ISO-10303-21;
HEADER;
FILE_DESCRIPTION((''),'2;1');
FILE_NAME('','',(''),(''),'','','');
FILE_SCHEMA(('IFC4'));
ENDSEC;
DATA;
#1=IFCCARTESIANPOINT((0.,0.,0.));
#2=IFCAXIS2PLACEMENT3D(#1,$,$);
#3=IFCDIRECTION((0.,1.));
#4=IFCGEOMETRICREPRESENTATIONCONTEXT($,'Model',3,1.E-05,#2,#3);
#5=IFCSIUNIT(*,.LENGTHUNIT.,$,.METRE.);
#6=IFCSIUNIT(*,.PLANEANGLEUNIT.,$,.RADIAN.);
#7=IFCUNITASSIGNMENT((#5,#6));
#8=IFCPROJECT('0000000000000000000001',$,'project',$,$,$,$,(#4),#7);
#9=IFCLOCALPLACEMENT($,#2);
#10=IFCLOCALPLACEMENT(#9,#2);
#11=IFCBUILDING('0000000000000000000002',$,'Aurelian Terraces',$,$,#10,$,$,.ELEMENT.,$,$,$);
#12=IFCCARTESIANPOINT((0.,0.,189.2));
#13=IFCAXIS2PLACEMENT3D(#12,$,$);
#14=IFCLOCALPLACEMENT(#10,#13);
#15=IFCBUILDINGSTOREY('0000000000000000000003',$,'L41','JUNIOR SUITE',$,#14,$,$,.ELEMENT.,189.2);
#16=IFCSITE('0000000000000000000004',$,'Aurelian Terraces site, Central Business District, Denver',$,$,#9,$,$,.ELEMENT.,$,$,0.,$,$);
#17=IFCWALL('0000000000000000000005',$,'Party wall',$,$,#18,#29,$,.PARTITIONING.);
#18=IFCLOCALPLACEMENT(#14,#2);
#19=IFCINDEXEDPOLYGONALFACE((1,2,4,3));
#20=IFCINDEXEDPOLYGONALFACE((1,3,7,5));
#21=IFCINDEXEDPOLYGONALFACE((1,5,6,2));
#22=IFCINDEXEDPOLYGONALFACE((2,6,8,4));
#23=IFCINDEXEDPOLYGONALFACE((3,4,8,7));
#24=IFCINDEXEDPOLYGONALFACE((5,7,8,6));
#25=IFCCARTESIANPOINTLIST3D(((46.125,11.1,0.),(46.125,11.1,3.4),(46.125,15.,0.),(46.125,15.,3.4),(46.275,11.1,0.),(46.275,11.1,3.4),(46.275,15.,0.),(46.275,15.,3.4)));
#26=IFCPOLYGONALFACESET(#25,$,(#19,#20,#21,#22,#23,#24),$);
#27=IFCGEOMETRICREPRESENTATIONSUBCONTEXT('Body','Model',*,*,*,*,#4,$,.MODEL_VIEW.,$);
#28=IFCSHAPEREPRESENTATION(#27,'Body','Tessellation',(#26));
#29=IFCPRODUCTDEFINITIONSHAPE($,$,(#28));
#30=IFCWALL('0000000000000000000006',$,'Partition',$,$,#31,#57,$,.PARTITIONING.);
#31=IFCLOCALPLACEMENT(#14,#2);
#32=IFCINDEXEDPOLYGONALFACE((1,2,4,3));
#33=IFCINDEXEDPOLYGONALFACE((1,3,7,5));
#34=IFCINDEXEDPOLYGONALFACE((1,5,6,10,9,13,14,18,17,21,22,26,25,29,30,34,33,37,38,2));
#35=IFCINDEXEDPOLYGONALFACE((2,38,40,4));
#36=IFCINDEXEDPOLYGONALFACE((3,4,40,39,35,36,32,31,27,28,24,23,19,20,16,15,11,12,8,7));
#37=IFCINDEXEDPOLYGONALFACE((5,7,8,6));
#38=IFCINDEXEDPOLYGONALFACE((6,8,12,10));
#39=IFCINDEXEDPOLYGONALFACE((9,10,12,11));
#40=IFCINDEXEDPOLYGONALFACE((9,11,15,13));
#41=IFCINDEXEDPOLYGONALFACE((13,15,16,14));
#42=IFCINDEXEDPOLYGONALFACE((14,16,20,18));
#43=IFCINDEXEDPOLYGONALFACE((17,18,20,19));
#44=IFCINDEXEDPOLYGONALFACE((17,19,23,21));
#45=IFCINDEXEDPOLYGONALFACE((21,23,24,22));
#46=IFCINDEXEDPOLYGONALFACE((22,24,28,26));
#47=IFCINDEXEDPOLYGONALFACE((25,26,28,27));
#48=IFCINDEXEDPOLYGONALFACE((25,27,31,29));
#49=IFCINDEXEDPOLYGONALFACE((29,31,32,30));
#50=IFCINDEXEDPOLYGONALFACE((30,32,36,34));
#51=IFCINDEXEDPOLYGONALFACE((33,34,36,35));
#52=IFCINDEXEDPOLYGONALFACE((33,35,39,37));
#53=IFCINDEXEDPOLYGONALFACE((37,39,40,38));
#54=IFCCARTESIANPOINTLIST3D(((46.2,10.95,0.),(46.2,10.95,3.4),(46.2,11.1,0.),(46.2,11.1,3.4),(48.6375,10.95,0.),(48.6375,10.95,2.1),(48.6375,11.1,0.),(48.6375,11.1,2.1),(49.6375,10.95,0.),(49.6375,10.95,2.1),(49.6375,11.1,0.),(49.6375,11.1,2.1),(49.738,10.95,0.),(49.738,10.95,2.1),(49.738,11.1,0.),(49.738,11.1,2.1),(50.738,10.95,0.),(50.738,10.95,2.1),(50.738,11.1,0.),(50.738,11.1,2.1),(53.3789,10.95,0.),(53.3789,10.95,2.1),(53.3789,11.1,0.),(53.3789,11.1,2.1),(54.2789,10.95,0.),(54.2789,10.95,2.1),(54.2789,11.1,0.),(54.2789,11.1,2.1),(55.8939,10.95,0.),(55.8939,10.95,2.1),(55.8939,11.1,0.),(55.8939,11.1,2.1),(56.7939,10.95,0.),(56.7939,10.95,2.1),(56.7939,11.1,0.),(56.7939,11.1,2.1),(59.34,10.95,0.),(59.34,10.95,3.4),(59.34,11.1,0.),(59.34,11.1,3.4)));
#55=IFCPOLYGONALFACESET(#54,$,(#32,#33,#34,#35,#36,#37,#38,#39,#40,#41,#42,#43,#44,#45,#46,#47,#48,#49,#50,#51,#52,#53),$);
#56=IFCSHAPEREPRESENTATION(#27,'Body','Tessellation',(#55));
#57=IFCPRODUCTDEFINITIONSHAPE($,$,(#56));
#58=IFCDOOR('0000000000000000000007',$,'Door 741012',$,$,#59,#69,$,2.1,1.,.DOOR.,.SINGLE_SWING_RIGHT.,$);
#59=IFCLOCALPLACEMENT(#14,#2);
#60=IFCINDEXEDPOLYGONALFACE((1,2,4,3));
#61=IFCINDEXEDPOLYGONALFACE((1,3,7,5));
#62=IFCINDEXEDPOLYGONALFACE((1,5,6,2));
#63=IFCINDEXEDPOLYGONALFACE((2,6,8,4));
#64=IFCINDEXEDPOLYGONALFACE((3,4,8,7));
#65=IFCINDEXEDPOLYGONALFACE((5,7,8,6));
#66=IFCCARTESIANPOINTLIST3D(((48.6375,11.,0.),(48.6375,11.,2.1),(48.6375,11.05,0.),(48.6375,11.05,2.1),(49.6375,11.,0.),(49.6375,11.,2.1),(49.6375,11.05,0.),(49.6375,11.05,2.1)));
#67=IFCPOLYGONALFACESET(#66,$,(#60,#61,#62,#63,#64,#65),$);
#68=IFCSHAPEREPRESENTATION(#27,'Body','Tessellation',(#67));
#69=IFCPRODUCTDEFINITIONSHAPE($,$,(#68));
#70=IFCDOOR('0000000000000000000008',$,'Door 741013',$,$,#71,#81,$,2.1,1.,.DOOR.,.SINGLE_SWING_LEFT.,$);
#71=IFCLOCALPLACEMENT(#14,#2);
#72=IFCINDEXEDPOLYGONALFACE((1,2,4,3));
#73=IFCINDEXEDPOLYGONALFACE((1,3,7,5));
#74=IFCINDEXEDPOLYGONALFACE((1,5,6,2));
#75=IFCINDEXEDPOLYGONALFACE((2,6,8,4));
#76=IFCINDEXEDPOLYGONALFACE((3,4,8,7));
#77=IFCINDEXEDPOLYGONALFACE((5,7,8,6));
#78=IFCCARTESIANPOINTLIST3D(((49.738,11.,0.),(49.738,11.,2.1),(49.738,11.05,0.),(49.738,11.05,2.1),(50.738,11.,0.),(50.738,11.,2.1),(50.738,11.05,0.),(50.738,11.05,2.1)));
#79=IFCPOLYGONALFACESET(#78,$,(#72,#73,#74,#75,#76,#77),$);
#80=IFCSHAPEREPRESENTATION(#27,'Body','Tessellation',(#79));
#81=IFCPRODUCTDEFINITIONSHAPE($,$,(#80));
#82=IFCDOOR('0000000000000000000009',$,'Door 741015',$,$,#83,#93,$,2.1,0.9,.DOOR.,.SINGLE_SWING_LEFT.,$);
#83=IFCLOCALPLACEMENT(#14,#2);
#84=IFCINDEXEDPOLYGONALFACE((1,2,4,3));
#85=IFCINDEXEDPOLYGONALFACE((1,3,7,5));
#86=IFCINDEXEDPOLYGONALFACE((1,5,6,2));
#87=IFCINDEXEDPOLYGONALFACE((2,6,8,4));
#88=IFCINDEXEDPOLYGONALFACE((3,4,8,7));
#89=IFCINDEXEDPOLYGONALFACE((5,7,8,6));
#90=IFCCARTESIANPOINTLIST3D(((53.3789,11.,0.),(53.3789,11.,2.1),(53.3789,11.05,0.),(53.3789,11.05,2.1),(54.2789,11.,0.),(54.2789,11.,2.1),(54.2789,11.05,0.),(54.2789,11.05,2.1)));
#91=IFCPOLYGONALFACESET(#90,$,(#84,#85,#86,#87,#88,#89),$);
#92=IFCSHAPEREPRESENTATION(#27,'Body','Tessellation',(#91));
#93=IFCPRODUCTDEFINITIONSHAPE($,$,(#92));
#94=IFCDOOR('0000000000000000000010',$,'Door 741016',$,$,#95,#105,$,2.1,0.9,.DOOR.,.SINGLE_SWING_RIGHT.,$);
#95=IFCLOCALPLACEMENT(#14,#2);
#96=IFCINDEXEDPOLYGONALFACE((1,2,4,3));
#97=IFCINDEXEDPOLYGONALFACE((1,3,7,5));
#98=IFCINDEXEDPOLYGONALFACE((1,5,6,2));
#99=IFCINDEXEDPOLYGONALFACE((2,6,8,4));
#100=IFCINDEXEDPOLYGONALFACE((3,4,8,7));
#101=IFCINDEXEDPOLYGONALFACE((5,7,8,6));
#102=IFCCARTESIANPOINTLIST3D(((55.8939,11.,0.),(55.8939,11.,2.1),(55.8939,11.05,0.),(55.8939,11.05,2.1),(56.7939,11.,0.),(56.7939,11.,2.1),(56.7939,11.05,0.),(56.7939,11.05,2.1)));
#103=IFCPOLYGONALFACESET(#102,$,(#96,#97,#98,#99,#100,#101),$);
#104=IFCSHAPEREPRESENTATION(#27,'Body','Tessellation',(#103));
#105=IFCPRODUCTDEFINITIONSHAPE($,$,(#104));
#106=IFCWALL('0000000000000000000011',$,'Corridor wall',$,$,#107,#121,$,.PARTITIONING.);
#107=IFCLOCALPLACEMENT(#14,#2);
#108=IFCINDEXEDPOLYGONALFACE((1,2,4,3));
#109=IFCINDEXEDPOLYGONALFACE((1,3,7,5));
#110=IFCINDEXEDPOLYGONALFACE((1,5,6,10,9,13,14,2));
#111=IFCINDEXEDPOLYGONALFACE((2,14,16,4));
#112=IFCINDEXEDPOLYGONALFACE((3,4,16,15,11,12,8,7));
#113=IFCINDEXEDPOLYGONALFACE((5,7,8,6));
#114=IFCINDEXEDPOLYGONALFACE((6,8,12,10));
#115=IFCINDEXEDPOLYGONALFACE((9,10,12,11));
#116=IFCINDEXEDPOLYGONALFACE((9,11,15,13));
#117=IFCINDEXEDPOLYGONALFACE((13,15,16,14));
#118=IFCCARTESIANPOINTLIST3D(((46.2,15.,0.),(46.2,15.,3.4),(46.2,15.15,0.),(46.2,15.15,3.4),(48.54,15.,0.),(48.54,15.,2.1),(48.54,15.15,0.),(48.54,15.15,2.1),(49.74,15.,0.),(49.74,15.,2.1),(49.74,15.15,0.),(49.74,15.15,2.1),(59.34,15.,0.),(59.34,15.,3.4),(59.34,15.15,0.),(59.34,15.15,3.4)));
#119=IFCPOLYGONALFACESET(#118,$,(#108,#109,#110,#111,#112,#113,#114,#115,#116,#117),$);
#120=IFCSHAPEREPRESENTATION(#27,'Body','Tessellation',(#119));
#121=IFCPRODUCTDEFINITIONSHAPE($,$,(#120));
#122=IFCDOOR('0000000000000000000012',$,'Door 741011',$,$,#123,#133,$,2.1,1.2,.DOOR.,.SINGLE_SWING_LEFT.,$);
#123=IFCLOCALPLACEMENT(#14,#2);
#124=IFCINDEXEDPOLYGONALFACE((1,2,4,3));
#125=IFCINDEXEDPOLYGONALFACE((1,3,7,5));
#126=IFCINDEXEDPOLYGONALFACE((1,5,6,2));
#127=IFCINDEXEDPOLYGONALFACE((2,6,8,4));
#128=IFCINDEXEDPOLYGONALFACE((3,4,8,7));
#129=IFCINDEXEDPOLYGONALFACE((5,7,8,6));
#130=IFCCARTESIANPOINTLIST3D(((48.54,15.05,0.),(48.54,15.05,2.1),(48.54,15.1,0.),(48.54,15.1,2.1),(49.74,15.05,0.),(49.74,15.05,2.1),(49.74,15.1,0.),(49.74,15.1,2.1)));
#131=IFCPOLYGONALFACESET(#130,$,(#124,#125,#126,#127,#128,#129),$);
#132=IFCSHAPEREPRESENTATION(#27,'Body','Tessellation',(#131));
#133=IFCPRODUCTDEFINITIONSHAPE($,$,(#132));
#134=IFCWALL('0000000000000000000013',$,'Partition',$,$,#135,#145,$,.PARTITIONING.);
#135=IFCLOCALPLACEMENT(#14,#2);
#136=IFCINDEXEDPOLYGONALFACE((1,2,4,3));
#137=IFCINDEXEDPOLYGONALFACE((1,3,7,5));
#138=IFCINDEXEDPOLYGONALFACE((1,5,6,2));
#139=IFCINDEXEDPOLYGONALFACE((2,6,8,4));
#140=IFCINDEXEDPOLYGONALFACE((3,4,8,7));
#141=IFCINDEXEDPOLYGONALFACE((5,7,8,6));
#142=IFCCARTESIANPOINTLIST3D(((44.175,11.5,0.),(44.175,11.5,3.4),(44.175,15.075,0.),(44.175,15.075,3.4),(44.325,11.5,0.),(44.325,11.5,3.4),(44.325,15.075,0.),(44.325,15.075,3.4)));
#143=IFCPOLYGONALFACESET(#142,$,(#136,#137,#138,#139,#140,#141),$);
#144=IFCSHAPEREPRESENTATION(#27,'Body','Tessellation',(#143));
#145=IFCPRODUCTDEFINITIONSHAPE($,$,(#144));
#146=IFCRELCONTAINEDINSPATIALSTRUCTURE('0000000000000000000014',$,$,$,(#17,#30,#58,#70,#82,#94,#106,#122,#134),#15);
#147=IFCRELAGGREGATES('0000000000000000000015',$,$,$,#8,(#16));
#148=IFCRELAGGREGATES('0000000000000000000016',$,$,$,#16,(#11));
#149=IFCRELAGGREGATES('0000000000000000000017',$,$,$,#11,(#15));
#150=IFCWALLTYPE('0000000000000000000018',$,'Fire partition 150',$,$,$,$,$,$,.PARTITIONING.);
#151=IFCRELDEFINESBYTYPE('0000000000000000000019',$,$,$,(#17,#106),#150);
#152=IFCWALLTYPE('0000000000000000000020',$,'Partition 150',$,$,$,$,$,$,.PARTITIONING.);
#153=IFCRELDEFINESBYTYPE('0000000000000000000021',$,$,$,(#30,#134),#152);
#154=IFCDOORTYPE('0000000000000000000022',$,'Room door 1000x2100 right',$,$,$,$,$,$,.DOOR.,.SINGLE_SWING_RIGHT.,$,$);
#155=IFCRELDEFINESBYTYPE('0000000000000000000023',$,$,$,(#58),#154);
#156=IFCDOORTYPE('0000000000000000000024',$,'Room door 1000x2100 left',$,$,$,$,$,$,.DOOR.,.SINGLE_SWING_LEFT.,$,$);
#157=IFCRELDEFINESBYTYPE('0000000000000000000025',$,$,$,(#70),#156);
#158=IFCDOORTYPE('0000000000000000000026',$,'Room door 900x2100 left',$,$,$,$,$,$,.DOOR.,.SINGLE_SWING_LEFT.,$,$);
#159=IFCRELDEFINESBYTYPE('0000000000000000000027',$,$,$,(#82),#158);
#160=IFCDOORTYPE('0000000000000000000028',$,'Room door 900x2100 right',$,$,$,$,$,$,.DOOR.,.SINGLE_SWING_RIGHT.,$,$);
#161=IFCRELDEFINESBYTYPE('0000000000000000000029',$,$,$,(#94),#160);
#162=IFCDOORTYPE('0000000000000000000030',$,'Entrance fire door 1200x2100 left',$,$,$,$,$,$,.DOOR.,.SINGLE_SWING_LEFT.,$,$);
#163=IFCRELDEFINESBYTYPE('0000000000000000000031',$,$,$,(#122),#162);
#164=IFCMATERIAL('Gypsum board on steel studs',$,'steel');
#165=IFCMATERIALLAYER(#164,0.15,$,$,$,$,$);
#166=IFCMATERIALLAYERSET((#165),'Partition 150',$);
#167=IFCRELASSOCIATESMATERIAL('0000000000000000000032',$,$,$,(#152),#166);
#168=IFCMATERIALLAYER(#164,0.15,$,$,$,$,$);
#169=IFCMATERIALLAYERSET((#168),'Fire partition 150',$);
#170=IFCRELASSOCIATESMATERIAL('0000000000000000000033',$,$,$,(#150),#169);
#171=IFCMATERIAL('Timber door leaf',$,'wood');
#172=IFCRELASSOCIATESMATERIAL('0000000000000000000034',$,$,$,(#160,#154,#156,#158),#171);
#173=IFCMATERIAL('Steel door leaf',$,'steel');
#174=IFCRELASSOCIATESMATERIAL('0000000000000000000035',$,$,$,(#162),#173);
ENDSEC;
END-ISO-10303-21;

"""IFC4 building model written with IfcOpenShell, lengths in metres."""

from ifc_helpers import new_model, si_unit, direction, frame, frame_2d, origin, place, context, subcontext, project, spatial, rectangle, extrude, source, transform, mapped, material, layer, layer_set, type_object, element, fill, save


model = new_model("IFC4")

# Units and contexts
model_context = context("Model", 3, precision=1e-05, world=origin(), true_north=direction((0.0, 1.0)))
body_context = subcontext(model_context, "Body", "Model", "MODEL_VIEW")
ifc_project = project(units=[si_unit("LENGTHUNIT", "METRE"), si_unit("PLANEANGLEUNIT", "RADIAN")], contexts=[model_context])

# Site, building, storey
site_placement = place(None, origin())
site = spatial("IfcSite", under=ifc_project, at=site_placement, Name="Aurelian Terraces site, Central Business District, Denver", CompositionType="ELEMENT", RefElevation=0.0)
building_placement = place(site_placement, origin())
building = spatial("IfcBuilding", under=site, at=building_placement, Name="Aurelian Terraces", CompositionType="ELEMENT")
storey_placement = place(building_placement, frame((0.0, 0.0, 189.2)))
storey = spatial("IfcBuildingStorey", under=building, at=storey_placement, Name="L41", Description="JUNIOR SUITE", CompositionType="ELEMENT", Elevation=189.2)

# Shared definitions
ifc_material_1 = material(Name="Gypsum board on steel studs", Category="steel")
ifc_layer_1 = layer(ifc_material_1, 0.15)
ifc_layer_set_1 = layer_set([ifc_layer_1], Name="Partition 150")
wall_type_1 = type_object("IfcWallType", Name="Partition 150", PredefinedType="PARTITIONING", material=ifc_layer_set_1)

# Shared definitions
ifc_layer_2 = layer(ifc_material_1, 0.15)
ifc_layer_set_2 = layer_set([ifc_layer_2], Name="Fire partition 150")
wall_type_2 = type_object("IfcWallType", Name="Fire partition 150", PredefinedType="PARTITIONING", material=ifc_layer_set_2)
shared_shape_1 = source(origin(), body_context, "Body", "SweptSolid", [
    extrude(rectangle(XDim=0.9, YDim=2.1, at=frame_2d((0.45, 1.05))), frame((0.0, 0.085, 0.0), z_axis=(0.0, -1.0, 0.0), x_axis=(1.0, 0.0, 0.0)), (0.0, 0.0, 1.0), 0.17),
])
ifc_material_2 = material(Name="Timber door leaf", Category="wood")
door_type_1 = type_object("IfcDoorType", Name="Room door 900x2100 right", OperationType="SINGLE_SWING_RIGHT", PredefinedType="DOOR", material=ifc_material_2)
shared_shape_2 = source(origin(), body_context, "Body", "SweptSolid", [
    extrude(rectangle(XDim=0.9, YDim=2.1, at=frame_2d((0.45, 1.05))), frame((0.0, 0.025, 0.0), z_axis=(0.0, -1.0, 0.0), x_axis=(1.0, 0.0, 0.0)), (0.0, 0.0, 1.0), 0.05),
])

# Wall
shared_shape_3 = source(origin(), body_context, "Body", "SweptSolid", [
    extrude(rectangle(XDim=3.9, YDim=0.15, at=frame_2d((1.95, 0.0))), origin(), (0.0, 0.0, 1.0), 3.4),
])
wall_1_placement = place(storey_placement, frame((46.2, 11.1, 0.0), z_axis=(0.0, 0.0, 1.0), x_axis=(0.0, 1.0, 0.0)))
element("IfcWall", 1, at=wall_1_placement, inside=storey, type_object=wall_type_2, Name="Party wall", PredefinedType="PARTITIONING", context=body_context, shape_type="MappedRepresentation", body=[
    mapped(shared_shape_3, transform((0.0, 0.0, 0.0), scale=1.0)),
])

# Wall, openings, doors
shared_shape_4 = source(origin(), body_context, "Body", "SweptSolid", [
    extrude(rectangle(XDim=13.14, YDim=0.15, at=frame_2d((6.57, 0.0))), origin(), (0.0, 0.0, 1.0), 3.4),
])
wall_2_placement = place(storey_placement, frame((59.34, 11.025, 0.0), z_axis=(0.0, 0.0, 1.0), x_axis=(-1.0, 0.0, 0.0)))
wall_2 = element("IfcWall", 2, at=wall_2_placement, inside=storey, type_object=wall_type_1, Name="Partition", PredefinedType="PARTITIONING", context=body_context, shape_type="MappedRepresentation", body=[
    mapped(shared_shape_4, transform((0.0, 0.0, 0.0), scale=1.0)),
])
shared_shape_5 = source(origin(), body_context, "Body", "SweptSolid", [
    extrude(rectangle(XDim=1.0, YDim=2.1, at=frame_2d((0.5, 1.05))), frame((0.0, 0.085, 0.0), z_axis=(0.0, -1.0, 0.0), x_axis=(1.0, 0.0, 0.0)), (0.0, 0.0, 1.0), 0.17),
])
opening_1_placement = place(wall_2_placement, frame((9.7025, 0.0, 0.0)))
opening_1 = element("IfcOpeningElement", 3, at=opening_1_placement, cuts=wall_2, PredefinedType="OPENING", context=body_context, shape_type="MappedRepresentation", body=[
    mapped(shared_shape_5, transform((0.0, 0.0, 0.0), scale=1.0)),
])
opening_2_placement = place(wall_2_placement, frame((8.602, 0.0, 0.0)))
opening_2 = element("IfcOpeningElement", 4, at=opening_2_placement, cuts=wall_2, PredefinedType="OPENING", context=body_context, shape_type="MappedRepresentation", body=[
    mapped(shared_shape_5, transform((0.0, 0.0, 0.0), scale=1.0)),
])
opening_3_placement = place(wall_2_placement, frame((5.0611, 0.0, 0.0)))
opening_3 = element("IfcOpeningElement", 5, at=opening_3_placement, cuts=wall_2, PredefinedType="OPENING", context=body_context, shape_type="MappedRepresentation", body=[
    mapped(shared_shape_1, transform((0.0, 0.0, 0.0), scale=1.0)),
])
opening_4_placement = place(wall_2_placement, frame((2.5461, 0.0, 0.0)))
opening_4 = element("IfcOpeningElement", 6, at=opening_4_placement, cuts=wall_2, PredefinedType="OPENING", context=body_context, shape_type="MappedRepresentation", body=[
    mapped(shared_shape_1, transform((0.0, 0.0, 0.0), scale=1.0)),
])
door_type_2 = type_object("IfcDoorType", Name="Room door 1000x2100 right", OperationType="SINGLE_SWING_RIGHT", PredefinedType="DOOR", material=ifc_material_2)
shared_shape_6 = source(origin(), body_context, "Body", "SweptSolid", [
    extrude(rectangle(XDim=1.0, YDim=2.1, at=frame_2d((0.5, 1.05))), frame((0.0, 0.025, 0.0), z_axis=(0.0, -1.0, 0.0), x_axis=(1.0, 0.0, 0.0)), (0.0, 0.0, 1.0), 0.05),
])
door_1_placement = place(opening_1_placement, origin())
door_1 = element("IfcDoor", 7, at=door_1_placement, inside=storey, type_object=door_type_2, Name="Door 741012", OperationType="SINGLE_SWING_RIGHT", OverallHeight=2.1, OverallWidth=1.0, PredefinedType="DOOR", context=body_context, shape_type="MappedRepresentation", body=[
    mapped(shared_shape_6, transform((0.0, 0.0, 0.0), scale=1.0)),
])
fill(opening_1, door_1)
door_type_3 = type_object("IfcDoorType", Name="Room door 1000x2100 left", OperationType="SINGLE_SWING_LEFT", PredefinedType="DOOR", material=ifc_material_2)
door_2_placement = place(opening_2_placement, origin())
door_2 = element("IfcDoor", 8, at=door_2_placement, inside=storey, type_object=door_type_3, Name="Door 741013", OperationType="SINGLE_SWING_LEFT", OverallHeight=2.1, OverallWidth=1.0, PredefinedType="DOOR", context=body_context, shape_type="MappedRepresentation", body=[
    mapped(shared_shape_6, transform((0.0, 0.0, 0.0), scale=1.0)),
])
fill(opening_2, door_2)
door_type_4 = type_object("IfcDoorType", Name="Room door 900x2100 left", OperationType="SINGLE_SWING_LEFT", PredefinedType="DOOR", material=ifc_material_2)
door_3_placement = place(opening_3_placement, origin())
door_3 = element("IfcDoor", 9, at=door_3_placement, inside=storey, type_object=door_type_4, Name="Door 741015", OperationType="SINGLE_SWING_LEFT", OverallHeight=2.1, OverallWidth=0.9, PredefinedType="DOOR", context=body_context, shape_type="MappedRepresentation", body=[
    mapped(shared_shape_2, transform((0.0, 0.0, 0.0), scale=1.0)),
])
fill(opening_3, door_3)
door_4_placement = place(opening_4_placement, origin())
door_4 = element("IfcDoor", 10, at=door_4_placement, inside=storey, type_object=door_type_1, Name="Door 741016", OperationType="SINGLE_SWING_RIGHT", OverallHeight=2.1, OverallWidth=0.9, PredefinedType="DOOR", context=body_context, shape_type="MappedRepresentation", body=[
    mapped(shared_shape_2, transform((0.0, 0.0, 0.0), scale=1.0)),
])
fill(opening_4, door_4)

# Wall, opening, door
wall_3_placement = place(storey_placement, frame((59.34, 15.075, 0.0), z_axis=(0.0, 0.0, 1.0), x_axis=(-1.0, 0.0, 0.0)))
wall_3 = element("IfcWall", 11, at=wall_3_placement, inside=storey, type_object=wall_type_2, Name="Corridor wall", PredefinedType="PARTITIONING", context=body_context, shape_type="MappedRepresentation", body=[
    mapped(shared_shape_4, transform((0.0, 0.0, 0.0), scale=1.0)),
])
shared_shape_7 = source(origin(), body_context, "Body", "SweptSolid", [
    extrude(rectangle(XDim=1.2, YDim=2.1, at=frame_2d((0.6, 1.05))), frame((0.0, 0.085, 0.0), z_axis=(0.0, -1.0, 0.0), x_axis=(1.0, 0.0, 0.0)), (0.0, 0.0, 1.0), 0.17),
])
opening_5_placement = place(wall_3_placement, frame((9.6, 0.0, 0.0)))
opening_5 = element("IfcOpeningElement", 12, at=opening_5_placement, cuts=wall_3, PredefinedType="OPENING", context=body_context, shape_type="MappedRepresentation", body=[
    mapped(shared_shape_7, transform((0.0, 0.0, 0.0), scale=1.0)),
])
ifc_material_3 = material(Name="Steel door leaf", Category="steel")
door_type_5 = type_object("IfcDoorType", Name="Entrance fire door 1200x2100 left", OperationType="SINGLE_SWING_LEFT", PredefinedType="DOOR", material=ifc_material_3)
shared_shape_8 = source(origin(), body_context, "Body", "SweptSolid", [
    extrude(rectangle(XDim=1.2, YDim=2.1, at=frame_2d((0.6, 1.05))), frame((0.0, 0.025, 0.0), z_axis=(0.0, -1.0, 0.0), x_axis=(1.0, 0.0, 0.0)), (0.0, 0.0, 1.0), 0.05),
])
door_5_placement = place(opening_5_placement, origin())
door_5 = element("IfcDoor", 13, at=door_5_placement, inside=storey, type_object=door_type_5, Name="Door 741011", OperationType="SINGLE_SWING_LEFT", OverallHeight=2.1, OverallWidth=1.2, PredefinedType="DOOR", context=body_context, shape_type="MappedRepresentation", body=[
    mapped(shared_shape_8, transform((0.0, 0.0, 0.0), scale=1.0)),
])
fill(opening_5, door_5)

# Wall
shared_shape_9 = source(origin(), body_context, "Body", "SweptSolid", [
    extrude(rectangle(XDim=3.575, YDim=0.15, at=frame_2d((1.7875, 0.0))), origin(), (0.0, 0.0, 1.0), 3.4),
])
wall_4_placement = place(storey_placement, frame((44.25, 11.5, 0.0), z_axis=(0.0, 0.0, 1.0), x_axis=(0.0, 1.0, 0.0)))
element("IfcWall", 14, at=wall_4_placement, inside=storey, type_object=wall_type_1, Name="Partition", PredefinedType="PARTITIONING", context=body_context, shape_type="MappedRepresentation", body=[
    mapped(shared_shape_9, transform((0.0, 0.0, 0.0), scale=1.0)),
])

save(model, "model.ifc")
